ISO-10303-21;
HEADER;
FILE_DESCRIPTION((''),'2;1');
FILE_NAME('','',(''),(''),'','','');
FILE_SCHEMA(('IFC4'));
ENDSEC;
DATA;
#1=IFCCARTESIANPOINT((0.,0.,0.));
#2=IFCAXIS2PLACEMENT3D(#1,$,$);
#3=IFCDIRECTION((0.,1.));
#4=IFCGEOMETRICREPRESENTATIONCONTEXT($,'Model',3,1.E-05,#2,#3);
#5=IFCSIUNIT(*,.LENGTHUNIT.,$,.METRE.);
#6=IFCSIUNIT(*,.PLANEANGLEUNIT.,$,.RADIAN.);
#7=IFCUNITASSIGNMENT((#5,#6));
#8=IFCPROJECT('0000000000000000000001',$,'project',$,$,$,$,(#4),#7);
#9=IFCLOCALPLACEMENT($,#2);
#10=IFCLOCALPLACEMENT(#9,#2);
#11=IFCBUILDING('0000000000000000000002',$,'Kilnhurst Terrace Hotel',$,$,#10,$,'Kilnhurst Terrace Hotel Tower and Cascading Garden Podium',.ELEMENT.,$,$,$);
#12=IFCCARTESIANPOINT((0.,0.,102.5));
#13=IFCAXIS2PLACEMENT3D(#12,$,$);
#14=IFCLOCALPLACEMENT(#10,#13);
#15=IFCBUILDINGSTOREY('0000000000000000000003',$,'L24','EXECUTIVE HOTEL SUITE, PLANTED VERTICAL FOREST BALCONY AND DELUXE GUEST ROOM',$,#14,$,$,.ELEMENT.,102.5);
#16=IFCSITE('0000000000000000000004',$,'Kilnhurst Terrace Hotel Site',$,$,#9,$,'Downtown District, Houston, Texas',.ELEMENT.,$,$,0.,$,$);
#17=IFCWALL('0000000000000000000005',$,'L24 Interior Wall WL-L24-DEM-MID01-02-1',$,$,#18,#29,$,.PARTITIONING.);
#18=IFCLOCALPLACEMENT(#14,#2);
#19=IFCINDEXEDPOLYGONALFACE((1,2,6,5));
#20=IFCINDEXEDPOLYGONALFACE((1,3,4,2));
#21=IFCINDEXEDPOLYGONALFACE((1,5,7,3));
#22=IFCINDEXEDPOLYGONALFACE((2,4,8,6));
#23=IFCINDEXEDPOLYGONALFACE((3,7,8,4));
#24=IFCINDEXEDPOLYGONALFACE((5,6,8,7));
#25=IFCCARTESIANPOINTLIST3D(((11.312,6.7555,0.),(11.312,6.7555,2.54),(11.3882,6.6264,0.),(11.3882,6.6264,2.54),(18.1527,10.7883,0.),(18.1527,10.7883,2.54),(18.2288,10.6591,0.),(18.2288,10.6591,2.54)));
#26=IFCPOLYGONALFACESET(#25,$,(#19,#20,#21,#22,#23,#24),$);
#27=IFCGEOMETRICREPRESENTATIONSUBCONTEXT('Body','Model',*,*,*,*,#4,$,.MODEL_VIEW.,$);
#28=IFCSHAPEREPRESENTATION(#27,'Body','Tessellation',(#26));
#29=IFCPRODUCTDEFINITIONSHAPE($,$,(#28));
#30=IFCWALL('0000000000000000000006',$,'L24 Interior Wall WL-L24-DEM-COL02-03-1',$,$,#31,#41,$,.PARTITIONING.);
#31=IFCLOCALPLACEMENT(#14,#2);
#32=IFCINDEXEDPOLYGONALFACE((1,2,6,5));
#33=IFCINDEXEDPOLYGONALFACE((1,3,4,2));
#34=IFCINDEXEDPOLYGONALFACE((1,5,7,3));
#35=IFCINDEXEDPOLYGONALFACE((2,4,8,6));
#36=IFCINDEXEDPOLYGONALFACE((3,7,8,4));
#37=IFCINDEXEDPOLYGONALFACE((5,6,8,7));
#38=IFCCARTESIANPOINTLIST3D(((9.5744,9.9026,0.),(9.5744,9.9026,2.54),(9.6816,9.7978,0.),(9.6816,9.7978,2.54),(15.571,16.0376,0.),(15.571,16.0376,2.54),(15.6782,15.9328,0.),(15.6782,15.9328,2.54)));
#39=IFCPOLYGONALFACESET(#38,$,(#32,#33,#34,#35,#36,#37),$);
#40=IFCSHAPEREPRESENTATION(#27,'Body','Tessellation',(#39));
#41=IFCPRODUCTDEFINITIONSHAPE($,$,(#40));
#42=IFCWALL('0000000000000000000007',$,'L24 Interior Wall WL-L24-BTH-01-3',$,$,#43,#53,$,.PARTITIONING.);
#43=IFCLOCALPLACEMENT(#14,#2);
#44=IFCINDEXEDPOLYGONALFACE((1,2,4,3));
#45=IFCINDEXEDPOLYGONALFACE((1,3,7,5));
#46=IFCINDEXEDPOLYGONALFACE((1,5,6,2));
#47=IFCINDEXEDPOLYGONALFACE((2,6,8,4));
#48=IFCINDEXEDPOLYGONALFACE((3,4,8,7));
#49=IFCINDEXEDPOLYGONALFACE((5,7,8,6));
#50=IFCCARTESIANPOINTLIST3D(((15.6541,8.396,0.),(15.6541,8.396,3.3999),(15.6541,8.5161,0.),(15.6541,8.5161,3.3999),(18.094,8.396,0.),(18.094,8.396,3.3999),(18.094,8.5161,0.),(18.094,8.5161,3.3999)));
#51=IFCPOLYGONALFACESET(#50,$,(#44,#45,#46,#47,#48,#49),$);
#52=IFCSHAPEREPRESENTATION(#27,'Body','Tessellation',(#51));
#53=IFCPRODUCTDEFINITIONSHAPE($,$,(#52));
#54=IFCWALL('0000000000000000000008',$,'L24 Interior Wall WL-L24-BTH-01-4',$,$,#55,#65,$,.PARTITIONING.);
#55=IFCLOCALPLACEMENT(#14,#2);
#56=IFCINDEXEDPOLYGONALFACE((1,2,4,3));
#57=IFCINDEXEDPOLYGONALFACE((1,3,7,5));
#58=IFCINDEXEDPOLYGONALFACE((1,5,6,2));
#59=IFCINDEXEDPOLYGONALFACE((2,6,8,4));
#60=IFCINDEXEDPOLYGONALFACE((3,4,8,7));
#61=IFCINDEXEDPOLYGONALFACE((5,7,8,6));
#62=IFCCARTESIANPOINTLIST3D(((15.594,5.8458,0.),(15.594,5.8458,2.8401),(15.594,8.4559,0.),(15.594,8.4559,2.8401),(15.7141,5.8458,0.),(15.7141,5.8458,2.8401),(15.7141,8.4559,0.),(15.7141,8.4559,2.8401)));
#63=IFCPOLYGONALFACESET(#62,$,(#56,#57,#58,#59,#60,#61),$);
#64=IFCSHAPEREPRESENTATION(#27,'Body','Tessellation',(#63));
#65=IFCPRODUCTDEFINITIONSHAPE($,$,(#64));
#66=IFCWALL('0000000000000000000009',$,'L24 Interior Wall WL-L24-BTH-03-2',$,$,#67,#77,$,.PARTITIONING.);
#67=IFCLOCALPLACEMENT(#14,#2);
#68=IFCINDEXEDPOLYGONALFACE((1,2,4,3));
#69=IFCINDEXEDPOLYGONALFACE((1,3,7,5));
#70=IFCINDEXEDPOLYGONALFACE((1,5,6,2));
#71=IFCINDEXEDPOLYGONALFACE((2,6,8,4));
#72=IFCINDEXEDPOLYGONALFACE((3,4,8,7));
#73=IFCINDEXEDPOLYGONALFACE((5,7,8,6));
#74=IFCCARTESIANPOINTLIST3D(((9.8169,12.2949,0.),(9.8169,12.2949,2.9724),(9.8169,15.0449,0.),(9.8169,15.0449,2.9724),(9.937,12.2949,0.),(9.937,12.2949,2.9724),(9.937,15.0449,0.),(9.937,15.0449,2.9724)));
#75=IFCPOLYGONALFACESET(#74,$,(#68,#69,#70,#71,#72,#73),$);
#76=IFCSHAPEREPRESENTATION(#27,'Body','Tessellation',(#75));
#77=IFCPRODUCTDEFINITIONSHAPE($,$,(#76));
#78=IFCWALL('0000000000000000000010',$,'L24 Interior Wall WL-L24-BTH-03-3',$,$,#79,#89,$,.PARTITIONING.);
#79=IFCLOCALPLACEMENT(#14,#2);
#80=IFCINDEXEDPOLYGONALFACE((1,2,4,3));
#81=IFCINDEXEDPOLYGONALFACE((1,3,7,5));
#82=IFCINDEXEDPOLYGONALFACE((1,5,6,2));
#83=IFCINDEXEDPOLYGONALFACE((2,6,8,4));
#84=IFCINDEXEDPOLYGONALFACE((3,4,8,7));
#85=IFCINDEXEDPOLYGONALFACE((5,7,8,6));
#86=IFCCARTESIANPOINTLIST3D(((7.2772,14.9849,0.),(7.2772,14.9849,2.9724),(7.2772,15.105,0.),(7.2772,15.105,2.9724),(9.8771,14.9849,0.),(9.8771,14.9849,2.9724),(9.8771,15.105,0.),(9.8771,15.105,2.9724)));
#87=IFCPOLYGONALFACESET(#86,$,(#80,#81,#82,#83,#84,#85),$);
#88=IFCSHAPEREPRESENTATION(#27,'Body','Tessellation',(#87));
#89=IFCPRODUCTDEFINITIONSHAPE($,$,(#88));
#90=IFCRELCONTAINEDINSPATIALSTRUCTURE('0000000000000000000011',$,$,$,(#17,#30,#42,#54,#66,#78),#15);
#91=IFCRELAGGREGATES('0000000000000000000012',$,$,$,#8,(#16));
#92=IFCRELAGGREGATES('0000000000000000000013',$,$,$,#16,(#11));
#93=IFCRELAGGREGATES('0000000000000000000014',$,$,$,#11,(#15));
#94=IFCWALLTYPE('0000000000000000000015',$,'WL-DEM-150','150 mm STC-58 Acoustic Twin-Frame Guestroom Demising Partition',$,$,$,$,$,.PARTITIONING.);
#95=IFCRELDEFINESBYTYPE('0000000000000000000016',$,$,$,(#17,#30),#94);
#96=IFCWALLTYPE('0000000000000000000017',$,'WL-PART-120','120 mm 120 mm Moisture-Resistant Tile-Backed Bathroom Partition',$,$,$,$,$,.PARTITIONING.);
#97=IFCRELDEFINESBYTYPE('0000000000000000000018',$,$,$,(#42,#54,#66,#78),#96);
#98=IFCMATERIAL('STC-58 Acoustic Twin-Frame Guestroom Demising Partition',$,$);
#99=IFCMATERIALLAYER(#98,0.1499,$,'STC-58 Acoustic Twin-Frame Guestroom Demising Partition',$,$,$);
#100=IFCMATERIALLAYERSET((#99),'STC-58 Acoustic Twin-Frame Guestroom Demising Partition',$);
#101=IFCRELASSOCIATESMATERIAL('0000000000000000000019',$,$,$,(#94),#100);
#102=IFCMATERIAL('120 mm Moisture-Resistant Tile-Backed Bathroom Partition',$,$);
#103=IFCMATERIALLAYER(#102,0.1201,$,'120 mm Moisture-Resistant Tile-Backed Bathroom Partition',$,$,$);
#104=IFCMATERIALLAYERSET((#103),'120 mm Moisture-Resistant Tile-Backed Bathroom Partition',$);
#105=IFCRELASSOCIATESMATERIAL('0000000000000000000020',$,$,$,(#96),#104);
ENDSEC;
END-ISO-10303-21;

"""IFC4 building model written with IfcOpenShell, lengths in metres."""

from ifc_helpers import new_model, si_unit, direction, frame, frame_2d, origin, place, context, subcontext, project, spatial, rectangle, extrude, material, layer, layer_set, type_object, element, save


model = new_model("IFC4")

# Units and contexts
model_context = context("Model", 3, precision=1e-05, world=origin(), true_north=direction((0.0, 1.0)))
body_context = subcontext(model_context, "Body", "Model", "MODEL_VIEW")
ifc_project = project(units=[si_unit("LENGTHUNIT", "METRE"), si_unit("PLANEANGLEUNIT", "RADIAN")], contexts=[model_context])

# Site, building, storey
site_placement = place(None, origin())
site = spatial("IfcSite", under=ifc_project, at=site_placement, Name="Kilnhurst Terrace Hotel Site", LongName="Downtown District, Houston, Texas", CompositionType="ELEMENT", RefElevation=0.0)
building_placement = place(site_placement, origin())
building = spatial("IfcBuilding", under=site, at=building_placement, Name="Kilnhurst Terrace Hotel", LongName="Kilnhurst Terrace Hotel Tower and Cascading Garden Podium", CompositionType="ELEMENT")
storey_placement = place(building_placement, frame((0.0, 0.0, 102.5)))
storey = spatial("IfcBuildingStorey", under=building, at=storey_placement, Name="L24", Description="EXECUTIVE HOTEL SUITE, PLANTED VERTICAL FOREST BALCONY AND DELUXE GUEST ROOM", CompositionType="ELEMENT", Elevation=102.5)

# Walls
ifc_material_1 = material(Name="STC-58 Acoustic Twin-Frame Guestroom Demising Partition")
ifc_layer_1 = layer(ifc_material_1, 0.1499, Name="STC-58 Acoustic Twin-Frame Guestroom Demising Partition")
ifc_layer_set_1 = layer_set([ifc_layer_1], Name="STC-58 Acoustic Twin-Frame Guestroom Demising Partition")
wall_type_1 = type_object("IfcWallType", Name="WL-DEM-150", Description="150 mm STC-58 Acoustic Twin-Frame Guestroom Demising Partition", PredefinedType="PARTITIONING", material=ifc_layer_set_1)
wall_1_placement = place(storey_placement, frame((11.3501, 6.6909, 0.0), z_axis=(0.0, 0.0, 1.0), x_axis=(0.861447, 0.507848, 0.0)))
element("IfcWall", 1, at=wall_1_placement, inside=storey, type_object=wall_type_1, Name="L24 Interior Wall WL-L24-DEM-MID01-02-1", PredefinedType="PARTITIONING", context=body_context, shape_type="SweptSolid", body=[
    extrude(rectangle(XDim=7.9409, YDim=0.1499, at=frame_2d((3.9705, 0.0))), origin(), (0.0, 0.0, 1.0), 2.54),
])
wall_2_placement = place(storey_placement, frame((9.6279, 9.8501, 0.0), z_axis=(0.0, 0.0, 1.0), x_axis=(0.698993, 0.715129, 0.0)))
element("IfcWall", 2, at=wall_2_placement, inside=storey, type_object=wall_type_1, Name="L24 Interior Wall WL-L24-DEM-COL02-03-1", PredefinedType="PARTITIONING", context=body_context, shape_type="SweptSolid", body=[
    extrude(rectangle(XDim=8.5789, YDim=0.1499, at=frame_2d((4.2896, 0.0))), origin(), (0.0, 0.0, 1.0), 2.54),
])
ifc_material_2 = material(Name="120 mm Moisture-Resistant Tile-Backed Bathroom Partition")
ifc_layer_2 = layer(ifc_material_2, 0.1201, Name="120 mm Moisture-Resistant Tile-Backed Bathroom Partition")
ifc_layer_set_2 = layer_set([ifc_layer_2], Name="120 mm Moisture-Resistant Tile-Backed Bathroom Partition")
wall_type_2 = type_object("IfcWallType", Name="WL-PART-120", Description="120 mm 120 mm Moisture-Resistant Tile-Backed Bathroom Partition", PredefinedType="PARTITIONING", material=ifc_layer_set_2)
wall_3_placement = place(storey_placement, frame((18.094, 8.4561, 0.0), z_axis=(0.0, 0.0, 1.0), x_axis=(-1.0, 0.0, 0.0)))
element("IfcWall", 3, at=wall_3_placement, inside=storey, type_object=wall_type_2, Name="L24 Interior Wall WL-L24-BTH-01-3", PredefinedType="PARTITIONING", context=body_context, shape_type="SweptSolid", body=[
    extrude(rectangle(XDim=2.4399, YDim=0.1201, at=frame_2d((1.22, 0.0))), origin(), (0.0, 0.0, 1.0), 3.3999),
])
wall_4_placement = place(storey_placement, frame((15.6541, 8.4561, 0.0), z_axis=(0.0, 0.0, 1.0), x_axis=(0.0, -1.0, 0.0)))
element("IfcWall", 4, at=wall_4_placement, inside=storey, type_object=wall_type_2, Name="L24 Interior Wall WL-L24-BTH-01-4", PredefinedType="PARTITIONING", context=body_context, shape_type="SweptSolid", body=[
    extrude(rectangle(XDim=2.6101, YDim=0.1201, at=frame_2d((1.3052, 0.0))), origin(), (0.0, 0.0, 1.0), 2.8401),
])
wall_5_placement = place(storey_placement, frame((9.877, 12.2949, 0.0), z_axis=(0.0, 0.0, 1.0), x_axis=(0.0, 1.0, 0.0)))
element("IfcWall", 5, at=wall_5_placement, inside=storey, type_object=wall_type_2, Name="L24 Interior Wall WL-L24-BTH-03-2", PredefinedType="PARTITIONING", context=body_context, shape_type="SweptSolid", body=[
    extrude(rectangle(XDim=2.75, YDim=0.1201, at=frame_2d((1.375, 0.0))), origin(), (0.0, 0.0, 1.0), 2.9724),
])
wall_6_placement = place(storey_placement, frame((9.877, 15.0449, 0.0), z_axis=(0.0, 0.0, 1.0), x_axis=(-1.0, 0.0, 0.0)))
element("IfcWall", 6, at=wall_6_placement, inside=storey, type_object=wall_type_2, Name="L24 Interior Wall WL-L24-BTH-03-3", PredefinedType="PARTITIONING", context=body_context, shape_type="SweptSolid", body=[
    extrude(rectangle(XDim=2.5999, YDim=0.1201, at=frame_2d((1.2998, 0.0))), origin(), (0.0, 0.0, 1.0), 2.9724),
])

save(model, "model.ifc")
